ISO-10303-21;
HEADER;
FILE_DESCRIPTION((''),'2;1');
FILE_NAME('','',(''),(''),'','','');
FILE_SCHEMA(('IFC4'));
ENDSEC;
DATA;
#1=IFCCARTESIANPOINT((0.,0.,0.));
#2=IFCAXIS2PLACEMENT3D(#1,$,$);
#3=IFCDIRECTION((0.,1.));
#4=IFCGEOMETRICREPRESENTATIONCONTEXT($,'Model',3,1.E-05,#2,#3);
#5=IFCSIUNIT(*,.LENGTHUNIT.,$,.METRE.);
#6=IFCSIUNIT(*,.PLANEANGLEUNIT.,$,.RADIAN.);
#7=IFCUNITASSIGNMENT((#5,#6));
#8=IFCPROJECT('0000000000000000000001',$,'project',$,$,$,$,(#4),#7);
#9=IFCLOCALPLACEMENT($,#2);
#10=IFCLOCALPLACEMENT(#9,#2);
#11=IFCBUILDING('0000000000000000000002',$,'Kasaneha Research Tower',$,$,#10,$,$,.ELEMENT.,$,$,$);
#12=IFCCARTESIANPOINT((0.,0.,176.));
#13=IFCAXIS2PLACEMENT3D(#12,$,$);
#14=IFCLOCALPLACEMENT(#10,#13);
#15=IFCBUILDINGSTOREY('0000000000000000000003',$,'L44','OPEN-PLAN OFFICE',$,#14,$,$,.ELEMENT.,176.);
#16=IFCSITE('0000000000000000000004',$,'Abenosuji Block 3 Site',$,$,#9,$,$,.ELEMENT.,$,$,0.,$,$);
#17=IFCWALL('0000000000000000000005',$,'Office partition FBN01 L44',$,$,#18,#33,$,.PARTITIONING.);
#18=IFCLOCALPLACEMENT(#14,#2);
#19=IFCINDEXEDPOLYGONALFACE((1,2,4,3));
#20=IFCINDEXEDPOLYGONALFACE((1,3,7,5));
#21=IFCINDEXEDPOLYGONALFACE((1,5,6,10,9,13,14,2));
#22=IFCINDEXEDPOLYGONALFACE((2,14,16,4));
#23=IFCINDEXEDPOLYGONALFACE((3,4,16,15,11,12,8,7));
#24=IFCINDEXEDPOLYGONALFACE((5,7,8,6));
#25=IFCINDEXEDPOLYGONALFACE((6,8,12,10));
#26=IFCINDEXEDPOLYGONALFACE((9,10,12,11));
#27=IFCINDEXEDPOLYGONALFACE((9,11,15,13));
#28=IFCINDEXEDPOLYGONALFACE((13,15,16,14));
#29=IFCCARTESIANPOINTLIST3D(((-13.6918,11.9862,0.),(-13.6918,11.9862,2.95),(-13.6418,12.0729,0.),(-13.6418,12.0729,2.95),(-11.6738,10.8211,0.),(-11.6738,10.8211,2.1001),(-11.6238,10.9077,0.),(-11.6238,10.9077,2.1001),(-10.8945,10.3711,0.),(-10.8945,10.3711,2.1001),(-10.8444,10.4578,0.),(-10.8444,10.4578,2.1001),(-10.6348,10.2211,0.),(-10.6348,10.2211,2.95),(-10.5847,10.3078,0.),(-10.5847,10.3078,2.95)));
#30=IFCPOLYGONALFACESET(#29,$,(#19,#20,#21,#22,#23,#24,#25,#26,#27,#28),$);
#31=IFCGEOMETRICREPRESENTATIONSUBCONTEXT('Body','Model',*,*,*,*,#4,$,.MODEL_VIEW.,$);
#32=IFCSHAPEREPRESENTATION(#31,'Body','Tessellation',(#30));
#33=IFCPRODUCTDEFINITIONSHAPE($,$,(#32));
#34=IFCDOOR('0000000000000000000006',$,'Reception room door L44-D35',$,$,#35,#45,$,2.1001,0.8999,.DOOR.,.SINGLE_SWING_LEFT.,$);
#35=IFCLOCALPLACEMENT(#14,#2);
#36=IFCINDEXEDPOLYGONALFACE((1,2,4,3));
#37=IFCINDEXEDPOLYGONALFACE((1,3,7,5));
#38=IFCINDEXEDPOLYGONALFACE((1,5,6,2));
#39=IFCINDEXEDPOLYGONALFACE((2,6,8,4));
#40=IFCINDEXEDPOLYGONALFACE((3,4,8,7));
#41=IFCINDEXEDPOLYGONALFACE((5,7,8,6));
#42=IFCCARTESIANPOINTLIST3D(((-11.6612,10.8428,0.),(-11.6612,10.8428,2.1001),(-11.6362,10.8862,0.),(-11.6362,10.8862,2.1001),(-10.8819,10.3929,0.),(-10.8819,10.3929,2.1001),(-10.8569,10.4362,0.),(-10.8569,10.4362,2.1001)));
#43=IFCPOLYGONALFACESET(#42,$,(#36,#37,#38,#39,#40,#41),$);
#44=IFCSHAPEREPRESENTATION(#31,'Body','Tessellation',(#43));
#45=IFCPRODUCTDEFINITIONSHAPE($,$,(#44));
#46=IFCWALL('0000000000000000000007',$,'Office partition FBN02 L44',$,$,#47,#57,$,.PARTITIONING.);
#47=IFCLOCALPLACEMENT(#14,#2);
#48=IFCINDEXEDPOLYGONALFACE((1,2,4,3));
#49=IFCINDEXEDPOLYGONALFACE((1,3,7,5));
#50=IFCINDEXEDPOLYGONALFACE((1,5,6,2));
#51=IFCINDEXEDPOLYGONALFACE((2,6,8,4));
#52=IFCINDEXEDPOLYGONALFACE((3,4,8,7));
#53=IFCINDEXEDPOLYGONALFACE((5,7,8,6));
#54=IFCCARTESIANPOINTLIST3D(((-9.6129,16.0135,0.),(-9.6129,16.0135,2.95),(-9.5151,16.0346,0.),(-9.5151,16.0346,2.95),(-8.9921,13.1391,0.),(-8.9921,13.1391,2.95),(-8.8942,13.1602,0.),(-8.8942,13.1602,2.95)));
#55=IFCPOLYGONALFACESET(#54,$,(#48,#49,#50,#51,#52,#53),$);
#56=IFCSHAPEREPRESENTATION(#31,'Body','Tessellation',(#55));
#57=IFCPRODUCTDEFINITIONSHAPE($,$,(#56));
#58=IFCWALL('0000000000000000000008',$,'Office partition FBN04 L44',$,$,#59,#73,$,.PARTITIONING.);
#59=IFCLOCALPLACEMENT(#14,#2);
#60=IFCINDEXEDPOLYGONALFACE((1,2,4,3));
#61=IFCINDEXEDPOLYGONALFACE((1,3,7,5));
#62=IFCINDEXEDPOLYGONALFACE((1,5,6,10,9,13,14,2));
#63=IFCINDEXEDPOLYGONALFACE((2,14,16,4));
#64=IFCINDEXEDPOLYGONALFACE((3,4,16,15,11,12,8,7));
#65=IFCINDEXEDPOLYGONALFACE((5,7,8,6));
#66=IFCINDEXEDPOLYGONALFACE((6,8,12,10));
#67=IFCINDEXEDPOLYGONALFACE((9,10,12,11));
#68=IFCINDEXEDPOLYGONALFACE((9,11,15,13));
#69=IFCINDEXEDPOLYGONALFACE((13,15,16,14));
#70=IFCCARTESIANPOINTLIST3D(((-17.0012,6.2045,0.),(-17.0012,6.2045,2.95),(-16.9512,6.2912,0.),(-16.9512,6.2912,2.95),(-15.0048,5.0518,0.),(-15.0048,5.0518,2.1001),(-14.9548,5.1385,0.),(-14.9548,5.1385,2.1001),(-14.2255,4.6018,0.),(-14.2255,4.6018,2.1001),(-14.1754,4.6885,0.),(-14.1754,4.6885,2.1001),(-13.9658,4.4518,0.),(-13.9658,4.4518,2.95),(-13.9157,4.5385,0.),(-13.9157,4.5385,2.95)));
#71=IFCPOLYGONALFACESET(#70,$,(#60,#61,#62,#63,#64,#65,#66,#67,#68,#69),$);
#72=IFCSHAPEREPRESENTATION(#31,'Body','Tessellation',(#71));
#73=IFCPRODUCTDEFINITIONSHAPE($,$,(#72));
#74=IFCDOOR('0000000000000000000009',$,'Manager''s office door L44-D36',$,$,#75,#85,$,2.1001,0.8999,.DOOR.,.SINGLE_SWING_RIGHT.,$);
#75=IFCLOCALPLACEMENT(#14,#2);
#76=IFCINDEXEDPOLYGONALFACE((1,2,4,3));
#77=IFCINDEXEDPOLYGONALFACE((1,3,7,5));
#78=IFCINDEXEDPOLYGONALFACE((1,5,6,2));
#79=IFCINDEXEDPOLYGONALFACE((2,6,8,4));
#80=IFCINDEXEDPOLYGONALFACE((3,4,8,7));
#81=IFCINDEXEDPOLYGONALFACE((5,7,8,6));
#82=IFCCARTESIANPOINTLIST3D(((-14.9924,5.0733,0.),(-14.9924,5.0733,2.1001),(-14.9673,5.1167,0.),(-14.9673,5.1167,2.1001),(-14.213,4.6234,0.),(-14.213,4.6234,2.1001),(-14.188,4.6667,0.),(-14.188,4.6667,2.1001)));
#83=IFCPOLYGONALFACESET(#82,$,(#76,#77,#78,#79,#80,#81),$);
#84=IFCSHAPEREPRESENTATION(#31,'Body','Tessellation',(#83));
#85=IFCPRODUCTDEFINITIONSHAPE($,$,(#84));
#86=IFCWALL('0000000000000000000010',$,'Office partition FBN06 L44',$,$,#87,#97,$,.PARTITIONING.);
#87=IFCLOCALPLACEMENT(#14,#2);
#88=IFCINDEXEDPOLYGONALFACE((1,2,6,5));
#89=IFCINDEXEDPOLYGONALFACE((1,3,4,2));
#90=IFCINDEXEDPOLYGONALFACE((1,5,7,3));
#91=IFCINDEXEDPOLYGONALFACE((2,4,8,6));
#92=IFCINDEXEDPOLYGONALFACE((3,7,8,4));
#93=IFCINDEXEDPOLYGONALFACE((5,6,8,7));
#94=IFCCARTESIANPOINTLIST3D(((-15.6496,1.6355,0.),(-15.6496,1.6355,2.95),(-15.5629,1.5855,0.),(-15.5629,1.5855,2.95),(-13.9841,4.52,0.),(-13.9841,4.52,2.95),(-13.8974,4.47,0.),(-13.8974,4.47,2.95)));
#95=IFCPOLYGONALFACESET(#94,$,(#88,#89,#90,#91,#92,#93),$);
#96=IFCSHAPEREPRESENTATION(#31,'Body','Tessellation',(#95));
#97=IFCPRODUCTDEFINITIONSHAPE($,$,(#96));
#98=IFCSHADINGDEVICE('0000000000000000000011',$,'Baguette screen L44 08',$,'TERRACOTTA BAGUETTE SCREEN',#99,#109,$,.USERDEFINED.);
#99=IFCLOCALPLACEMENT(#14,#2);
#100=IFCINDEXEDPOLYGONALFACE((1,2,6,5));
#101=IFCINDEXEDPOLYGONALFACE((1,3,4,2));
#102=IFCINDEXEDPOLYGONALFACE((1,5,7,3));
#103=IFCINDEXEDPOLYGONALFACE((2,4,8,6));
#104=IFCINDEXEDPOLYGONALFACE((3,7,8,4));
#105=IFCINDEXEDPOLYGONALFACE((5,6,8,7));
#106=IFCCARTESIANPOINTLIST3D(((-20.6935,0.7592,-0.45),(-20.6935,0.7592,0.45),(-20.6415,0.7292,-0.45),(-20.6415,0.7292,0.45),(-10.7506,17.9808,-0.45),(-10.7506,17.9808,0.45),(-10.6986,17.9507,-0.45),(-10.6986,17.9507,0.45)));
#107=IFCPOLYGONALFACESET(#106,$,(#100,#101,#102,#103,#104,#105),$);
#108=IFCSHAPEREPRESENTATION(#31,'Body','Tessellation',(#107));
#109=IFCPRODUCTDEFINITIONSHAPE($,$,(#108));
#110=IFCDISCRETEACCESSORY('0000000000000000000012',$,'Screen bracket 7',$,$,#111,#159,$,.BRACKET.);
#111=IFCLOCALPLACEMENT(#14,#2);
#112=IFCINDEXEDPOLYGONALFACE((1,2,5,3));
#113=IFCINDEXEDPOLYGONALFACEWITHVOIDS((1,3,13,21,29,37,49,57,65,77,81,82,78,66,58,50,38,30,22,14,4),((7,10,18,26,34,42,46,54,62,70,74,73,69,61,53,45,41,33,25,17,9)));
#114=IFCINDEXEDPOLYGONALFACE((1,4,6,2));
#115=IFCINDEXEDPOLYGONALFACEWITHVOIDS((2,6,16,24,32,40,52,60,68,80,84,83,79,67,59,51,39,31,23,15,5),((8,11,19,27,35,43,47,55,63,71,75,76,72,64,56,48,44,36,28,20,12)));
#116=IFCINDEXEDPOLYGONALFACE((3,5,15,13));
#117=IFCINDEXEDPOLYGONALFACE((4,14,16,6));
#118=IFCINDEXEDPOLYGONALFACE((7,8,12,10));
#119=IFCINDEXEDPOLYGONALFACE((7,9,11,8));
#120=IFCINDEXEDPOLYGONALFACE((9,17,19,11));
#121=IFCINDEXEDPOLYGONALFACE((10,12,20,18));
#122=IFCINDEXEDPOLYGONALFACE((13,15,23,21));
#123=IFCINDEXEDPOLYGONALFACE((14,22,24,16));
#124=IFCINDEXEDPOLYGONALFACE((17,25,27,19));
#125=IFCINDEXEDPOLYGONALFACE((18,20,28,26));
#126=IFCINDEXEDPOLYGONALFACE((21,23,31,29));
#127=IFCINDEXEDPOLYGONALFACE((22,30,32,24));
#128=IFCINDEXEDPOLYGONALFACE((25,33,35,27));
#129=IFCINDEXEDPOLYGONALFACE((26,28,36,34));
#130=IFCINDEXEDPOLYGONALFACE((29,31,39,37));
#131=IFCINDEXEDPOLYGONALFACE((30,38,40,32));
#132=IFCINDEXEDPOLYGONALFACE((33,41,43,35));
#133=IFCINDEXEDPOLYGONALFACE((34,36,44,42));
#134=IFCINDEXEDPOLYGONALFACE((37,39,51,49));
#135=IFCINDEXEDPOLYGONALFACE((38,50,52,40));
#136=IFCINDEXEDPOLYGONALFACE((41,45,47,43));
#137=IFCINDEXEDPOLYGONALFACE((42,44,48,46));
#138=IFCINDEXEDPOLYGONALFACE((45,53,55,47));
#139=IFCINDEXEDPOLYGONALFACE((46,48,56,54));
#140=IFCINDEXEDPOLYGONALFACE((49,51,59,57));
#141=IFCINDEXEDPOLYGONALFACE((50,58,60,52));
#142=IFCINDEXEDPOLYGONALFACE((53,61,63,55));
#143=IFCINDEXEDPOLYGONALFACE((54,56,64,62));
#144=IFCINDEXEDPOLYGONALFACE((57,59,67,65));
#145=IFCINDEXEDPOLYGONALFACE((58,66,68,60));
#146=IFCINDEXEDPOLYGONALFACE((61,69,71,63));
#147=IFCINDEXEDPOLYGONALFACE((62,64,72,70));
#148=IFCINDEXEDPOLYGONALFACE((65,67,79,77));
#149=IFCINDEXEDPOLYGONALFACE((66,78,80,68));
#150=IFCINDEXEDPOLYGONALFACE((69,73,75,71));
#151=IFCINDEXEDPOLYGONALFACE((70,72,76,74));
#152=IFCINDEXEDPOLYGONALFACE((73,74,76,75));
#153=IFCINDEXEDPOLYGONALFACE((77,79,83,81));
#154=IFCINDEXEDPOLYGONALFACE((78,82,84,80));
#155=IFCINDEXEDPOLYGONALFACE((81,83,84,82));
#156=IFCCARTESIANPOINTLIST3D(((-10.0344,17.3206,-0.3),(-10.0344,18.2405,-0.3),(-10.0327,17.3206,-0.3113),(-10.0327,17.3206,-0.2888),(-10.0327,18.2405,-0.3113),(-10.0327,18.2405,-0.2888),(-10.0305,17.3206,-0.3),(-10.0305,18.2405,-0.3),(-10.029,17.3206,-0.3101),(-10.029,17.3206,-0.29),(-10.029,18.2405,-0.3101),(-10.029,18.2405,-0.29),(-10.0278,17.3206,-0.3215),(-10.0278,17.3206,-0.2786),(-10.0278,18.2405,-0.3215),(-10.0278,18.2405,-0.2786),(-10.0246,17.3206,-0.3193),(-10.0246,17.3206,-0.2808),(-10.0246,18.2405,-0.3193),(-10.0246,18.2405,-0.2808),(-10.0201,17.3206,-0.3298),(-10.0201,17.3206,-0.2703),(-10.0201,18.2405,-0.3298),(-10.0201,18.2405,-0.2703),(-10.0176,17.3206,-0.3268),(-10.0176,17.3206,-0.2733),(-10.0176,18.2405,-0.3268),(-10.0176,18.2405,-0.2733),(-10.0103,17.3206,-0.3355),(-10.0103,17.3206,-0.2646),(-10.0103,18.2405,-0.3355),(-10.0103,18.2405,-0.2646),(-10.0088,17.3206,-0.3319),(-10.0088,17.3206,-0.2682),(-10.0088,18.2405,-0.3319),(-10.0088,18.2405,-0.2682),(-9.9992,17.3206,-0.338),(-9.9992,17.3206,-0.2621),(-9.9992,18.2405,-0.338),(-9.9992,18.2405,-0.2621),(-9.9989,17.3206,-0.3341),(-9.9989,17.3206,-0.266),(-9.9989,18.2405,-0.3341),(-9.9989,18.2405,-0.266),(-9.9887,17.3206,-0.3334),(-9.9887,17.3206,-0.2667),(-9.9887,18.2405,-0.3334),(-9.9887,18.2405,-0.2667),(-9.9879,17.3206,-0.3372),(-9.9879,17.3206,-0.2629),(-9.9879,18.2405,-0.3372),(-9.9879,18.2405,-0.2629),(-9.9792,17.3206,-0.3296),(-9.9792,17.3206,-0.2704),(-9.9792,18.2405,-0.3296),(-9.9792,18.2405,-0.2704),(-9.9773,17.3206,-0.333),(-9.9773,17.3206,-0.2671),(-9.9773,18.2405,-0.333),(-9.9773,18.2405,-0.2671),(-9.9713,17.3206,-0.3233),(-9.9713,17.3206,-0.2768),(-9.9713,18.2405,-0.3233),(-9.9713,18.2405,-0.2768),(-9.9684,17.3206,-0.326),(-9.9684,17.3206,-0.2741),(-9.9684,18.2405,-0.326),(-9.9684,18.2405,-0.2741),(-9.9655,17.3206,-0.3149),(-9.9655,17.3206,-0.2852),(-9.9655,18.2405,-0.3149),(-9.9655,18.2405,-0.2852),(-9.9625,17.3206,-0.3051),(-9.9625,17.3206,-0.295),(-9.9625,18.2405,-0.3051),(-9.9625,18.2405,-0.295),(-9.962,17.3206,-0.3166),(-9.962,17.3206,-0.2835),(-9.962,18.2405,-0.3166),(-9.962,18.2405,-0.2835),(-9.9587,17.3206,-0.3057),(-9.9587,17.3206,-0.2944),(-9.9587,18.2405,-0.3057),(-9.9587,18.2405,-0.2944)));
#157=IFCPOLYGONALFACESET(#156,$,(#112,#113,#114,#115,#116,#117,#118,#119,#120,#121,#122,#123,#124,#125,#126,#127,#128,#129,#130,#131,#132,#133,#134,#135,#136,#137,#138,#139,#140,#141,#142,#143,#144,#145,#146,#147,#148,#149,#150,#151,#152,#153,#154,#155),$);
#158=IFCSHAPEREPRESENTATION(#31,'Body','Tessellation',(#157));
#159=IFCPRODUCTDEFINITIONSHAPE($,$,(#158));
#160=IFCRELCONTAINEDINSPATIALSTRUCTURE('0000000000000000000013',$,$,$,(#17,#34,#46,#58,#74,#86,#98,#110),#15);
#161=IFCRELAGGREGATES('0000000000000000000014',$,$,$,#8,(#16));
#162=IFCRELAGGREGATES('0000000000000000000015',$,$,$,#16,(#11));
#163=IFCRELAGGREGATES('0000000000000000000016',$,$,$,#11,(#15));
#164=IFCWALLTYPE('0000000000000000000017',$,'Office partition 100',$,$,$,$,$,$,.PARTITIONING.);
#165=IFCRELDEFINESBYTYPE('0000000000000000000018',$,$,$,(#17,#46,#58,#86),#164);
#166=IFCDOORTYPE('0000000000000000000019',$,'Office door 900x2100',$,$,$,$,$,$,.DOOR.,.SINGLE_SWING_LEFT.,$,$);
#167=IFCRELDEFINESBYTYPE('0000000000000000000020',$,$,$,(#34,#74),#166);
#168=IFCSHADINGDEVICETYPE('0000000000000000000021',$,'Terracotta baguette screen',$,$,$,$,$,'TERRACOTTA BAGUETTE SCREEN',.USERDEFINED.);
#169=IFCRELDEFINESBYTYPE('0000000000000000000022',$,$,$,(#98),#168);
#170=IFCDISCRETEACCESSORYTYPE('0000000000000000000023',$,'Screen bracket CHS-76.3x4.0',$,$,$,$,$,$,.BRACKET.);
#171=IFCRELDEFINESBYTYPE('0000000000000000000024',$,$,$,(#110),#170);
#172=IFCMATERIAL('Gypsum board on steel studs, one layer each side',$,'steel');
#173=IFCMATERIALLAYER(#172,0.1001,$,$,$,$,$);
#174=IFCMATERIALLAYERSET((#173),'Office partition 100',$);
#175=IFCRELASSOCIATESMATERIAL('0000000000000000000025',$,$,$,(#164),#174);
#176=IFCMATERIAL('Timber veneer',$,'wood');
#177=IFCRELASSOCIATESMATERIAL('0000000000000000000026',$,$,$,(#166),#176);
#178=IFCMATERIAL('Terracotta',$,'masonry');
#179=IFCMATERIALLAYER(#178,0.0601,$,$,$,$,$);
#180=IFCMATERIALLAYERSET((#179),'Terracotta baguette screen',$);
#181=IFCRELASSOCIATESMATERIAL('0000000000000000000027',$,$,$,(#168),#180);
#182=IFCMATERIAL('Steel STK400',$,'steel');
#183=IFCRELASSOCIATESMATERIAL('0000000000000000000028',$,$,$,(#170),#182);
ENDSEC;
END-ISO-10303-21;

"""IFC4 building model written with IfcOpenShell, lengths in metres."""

from ifc_helpers import new_model, si_unit, direction, frame, frame_2d, origin, origin_2d, place, context, subcontext, project, spatial, rectangle, hollow_circle, extrude, material, layer, layer_set, material_profile, profile_set, type_object, element, fill, save


model = new_model("IFC4")

# Units and contexts
model_context = context("Model", 3, precision=1e-05, world=origin(), true_north=direction((0.0, 1.0)))
body_context = subcontext(model_context, "Body", "Model", "MODEL_VIEW")
ifc_project = project(units=[si_unit("LENGTHUNIT", "METRE"), si_unit("PLANEANGLEUNIT", "RADIAN")], contexts=[model_context])

# Site, building, storey
site_placement = place(None, origin())
site = spatial("IfcSite", under=ifc_project, at=site_placement, Name="Abenosuji Block 3 Site", CompositionType="ELEMENT", RefElevation=0.0)
building_placement = place(site_placement, origin())
building = spatial("IfcBuilding", under=site, at=building_placement, Name="Kasaneha Research Tower", CompositionType="ELEMENT")
storey_placement = place(building_placement, frame((0.0, 0.0, 176.0)))
storey = spatial("IfcBuildingStorey", under=building, at=storey_placement, Name="L44", Description="OPEN-PLAN OFFICE", CompositionType="ELEMENT", Elevation=176.0)

# Wall, opening, door
ifc_material_1 = material(Name="Gypsum board on steel studs, one layer each side", Category="steel")
ifc_layer_1 = layer(ifc_material_1, 0.1001)
ifc_layer_set_1 = layer_set([ifc_layer_1], Name="Office partition 100")
wall_type = type_object("IfcWallType", Name="Office partition 100", PredefinedType="PARTITIONING", material=ifc_layer_set_1)
wall_1_placement = place(storey_placement, frame((-10.6096, 10.2644, 0.0), z_axis=(0.0, 0.0, 1.0), x_axis=(-0.866013, 0.500022, 0.0)))
wall_1 = element("IfcWall", 1, at=wall_1_placement, inside=storey, type_object=wall_type, Name="Office partition FBN01 L44", PredefinedType="PARTITIONING", context=body_context, shape_type="SweptSolid", body=[
    extrude(rectangle(XDim=3.53, YDim=0.1001, at=frame_2d((1.7651, 0.0))), origin(), (0.0, 0.0, 1.0), 2.95),
])
opening_1_placement = place(wall_1_placement, frame((0.3, 0.0, 0.0)))
opening_1 = element("IfcOpeningElement", 2, at=opening_1_placement, cuts=wall_1, PredefinedType="OPENING", context=body_context, shape_type="SweptSolid", body=[
    extrude(rectangle(XDim=0.8999, YDim=2.1001, at=frame_2d((0.45, 1.05))), frame((0.0, 0.0601, 0.0), z_axis=(0.0, -1.0, 0.0), x_axis=(1.0, 0.0, 0.0)), (0.0, 0.0, 1.0), 0.1201),
])
ifc_material_2 = material(Name="Timber veneer", Category="wood")
door_type = type_object("IfcDoorType", Name="Office door 900x2100", OperationType="SINGLE_SWING_LEFT", PredefinedType="DOOR", material=ifc_material_2)
door_1_placement = place(opening_1_placement, origin())
door_1 = element("IfcDoor", 3, at=door_1_placement, inside=storey, type_object=door_type, Name="Reception room door L44-D35", OperationType="SINGLE_SWING_LEFT", OverallHeight=2.1001, OverallWidth=0.8999, PredefinedType="DOOR", context=body_context, shape_type="SweptSolid", body=[
    extrude(rectangle(XDim=0.8999, YDim=2.1001, at=frame_2d((0.45, 1.05))), frame((0.0, 0.0249, 0.0), z_axis=(0.0, -1.0, 0.0), x_axis=(1.0, 0.0, 0.0)), (0.0, 0.0, 1.0), 0.05),
])
fill(opening_1, door_1)

# Wall
wall_2_placement = place(storey_placement, frame((-9.564, 16.0239, 0.0), z_axis=(0.0, 0.0, 1.0), x_axis=(0.211116, -0.977461, 0.0)))
element("IfcWall", 4, at=wall_2_placement, inside=storey, type_object=wall_type, Name="Office partition FBN02 L44", PredefinedType="PARTITIONING", context=body_context, shape_type="SweptSolid", body=[
    extrude(rectangle(XDim=2.9407, YDim=0.1001, at=frame_2d((1.4702, 0.0))), origin(), (0.0, 0.0, 1.0), 2.95),
])

# Wall, opening, door
wall_3_placement = place(storey_placement, frame((-16.9761, 6.2478, 0.0), z_axis=(0.0, 0.0, 1.0), x_axis=(0.866001, -0.500042, 0.0)))
wall_3 = element("IfcWall", 5, at=wall_3_placement, inside=storey, type_object=wall_type, Name="Office partition FBN04 L44", PredefinedType="PARTITIONING", context=body_context, shape_type="SweptSolid", body=[
    extrude(rectangle(XDim=3.5051, YDim=0.1001, at=frame_2d((1.7524, 0.0))), origin(), (0.0, 0.0, 1.0), 2.95),
])
opening_2_placement = place(wall_3_placement, frame((2.3052, 0.0, 0.0)))
opening_2 = element("IfcOpeningElement", 6, at=opening_2_placement, cuts=wall_3, PredefinedType="OPENING", context=body_context, shape_type="SweptSolid", body=[
    extrude(rectangle(XDim=0.8999, YDim=2.1001, at=frame_2d((0.45, 1.05))), frame((0.0, 0.0601, 0.0), z_axis=(0.0, -1.0, 0.0), x_axis=(1.0, 0.0, 0.0)), (0.0, 0.0, 1.0), 0.1201),
])
door_2_placement = place(opening_2_placement, origin())
door_2 = element("IfcDoor", 7, at=door_2_placement, inside=storey, type_object=door_type, Name="Manager's office door L44-D36", OperationType="SINGLE_SWING_RIGHT", OverallHeight=2.1001, OverallWidth=0.8999, PredefinedType="DOOR", context=body_context, shape_type="SweptSolid", body=[
    extrude(rectangle(XDim=0.8999, YDim=2.1001, at=frame_2d((0.45, 1.05))), frame((0.0, 0.0249, 0.0), z_axis=(0.0, -1.0, 0.0), x_axis=(1.0, 0.0, 0.0)), (0.0, 0.0, 1.0), 0.05),
])
fill(opening_2, door_2)

# Wall
wall_4_placement = place(storey_placement, frame((-13.9407, 4.4951, 0.0), z_axis=(0.0, 0.0, 1.0), x_axis=(-0.500033, -0.866006, 0.0)))
element("IfcWall", 8, at=wall_4_placement, inside=storey, type_object=wall_type, Name="Office partition FBN06 L44", PredefinedType="PARTITIONING", context=body_context, shape_type="SweptSolid", body=[
    extrude(rectangle(XDim=3.3308, YDim=0.1001, at=frame_2d((1.6655, 0.0))), origin(), (0.0, 0.0, 1.0), 2.95),
])

# Shading device
ifc_material_3 = material(Name="Terracotta", Category="masonry")
ifc_layer_2 = layer(ifc_material_3, 0.0601)
ifc_layer_set_2 = layer_set([ifc_layer_2], Name="Terracotta baguette screen")
shading_device_type = type_object("IfcShadingDeviceType", Name="Terracotta baguette screen", ElementType="TERRACOTTA BAGUETTE SCREEN", PredefinedType="USERDEFINED", material=ifc_layer_set_2)
shading_device_placement = place(storey_placement, frame((-15.696, 9.355, -0.45), z_axis=(0.0, 0.0, 1.0), x_axis=(-0.5, -0.866025, 0.0)))
element("IfcShadingDevice", 9, at=shading_device_placement, inside=storey, type_object=shading_device_type, Name="Baguette screen L44 08", ObjectType="TERRACOTTA BAGUETTE SCREEN", PredefinedType="USERDEFINED", context=body_context, shape_type="SweptSolid", body=[
    extrude(rectangle(XDim=19.8857, YDim=0.0601, at=origin_2d()), origin(), (0.0, 0.0, 1.0), 0.8999),
])

# Discrete accessory
ifc_material_4 = material(Name="Steel STK400", Category="steel")
ifc_material_profile_1 = material_profile(ifc_material_4, hollow_circle(Radius=0.0381, WallThickness=0.0039, at=origin_2d()), Name="CHS-76.3x4.0")
ifc_profile_set_1 = profile_set([ifc_material_profile_1], Name="Steel STK400")
discrete_accessory_type = type_object("IfcDiscreteAccessoryType", Name="Screen bracket CHS-76.3x4.0", PredefinedType="BRACKET", material=ifc_profile_set_1)
discrete_accessory_placement = place(storey_placement, frame((-9.9963, 17.3206, -0.3), z_axis=(0.0, 1.0, 0.0), x_axis=(-1.0, 0.0, 0.0)))
element("IfcDiscreteAccessory", 10, at=discrete_accessory_placement, inside=storey, type_object=discrete_accessory_type, Name="Screen bracket 7", PredefinedType="BRACKET", context=body_context, shape_type="SweptSolid", body=[
    extrude(hollow_circle(Radius=0.0381, WallThickness=0.0039, at=origin_2d()), origin(), (0.0, 0.0, 1.0), 0.9199),
])

save(model, "model.ifc")
